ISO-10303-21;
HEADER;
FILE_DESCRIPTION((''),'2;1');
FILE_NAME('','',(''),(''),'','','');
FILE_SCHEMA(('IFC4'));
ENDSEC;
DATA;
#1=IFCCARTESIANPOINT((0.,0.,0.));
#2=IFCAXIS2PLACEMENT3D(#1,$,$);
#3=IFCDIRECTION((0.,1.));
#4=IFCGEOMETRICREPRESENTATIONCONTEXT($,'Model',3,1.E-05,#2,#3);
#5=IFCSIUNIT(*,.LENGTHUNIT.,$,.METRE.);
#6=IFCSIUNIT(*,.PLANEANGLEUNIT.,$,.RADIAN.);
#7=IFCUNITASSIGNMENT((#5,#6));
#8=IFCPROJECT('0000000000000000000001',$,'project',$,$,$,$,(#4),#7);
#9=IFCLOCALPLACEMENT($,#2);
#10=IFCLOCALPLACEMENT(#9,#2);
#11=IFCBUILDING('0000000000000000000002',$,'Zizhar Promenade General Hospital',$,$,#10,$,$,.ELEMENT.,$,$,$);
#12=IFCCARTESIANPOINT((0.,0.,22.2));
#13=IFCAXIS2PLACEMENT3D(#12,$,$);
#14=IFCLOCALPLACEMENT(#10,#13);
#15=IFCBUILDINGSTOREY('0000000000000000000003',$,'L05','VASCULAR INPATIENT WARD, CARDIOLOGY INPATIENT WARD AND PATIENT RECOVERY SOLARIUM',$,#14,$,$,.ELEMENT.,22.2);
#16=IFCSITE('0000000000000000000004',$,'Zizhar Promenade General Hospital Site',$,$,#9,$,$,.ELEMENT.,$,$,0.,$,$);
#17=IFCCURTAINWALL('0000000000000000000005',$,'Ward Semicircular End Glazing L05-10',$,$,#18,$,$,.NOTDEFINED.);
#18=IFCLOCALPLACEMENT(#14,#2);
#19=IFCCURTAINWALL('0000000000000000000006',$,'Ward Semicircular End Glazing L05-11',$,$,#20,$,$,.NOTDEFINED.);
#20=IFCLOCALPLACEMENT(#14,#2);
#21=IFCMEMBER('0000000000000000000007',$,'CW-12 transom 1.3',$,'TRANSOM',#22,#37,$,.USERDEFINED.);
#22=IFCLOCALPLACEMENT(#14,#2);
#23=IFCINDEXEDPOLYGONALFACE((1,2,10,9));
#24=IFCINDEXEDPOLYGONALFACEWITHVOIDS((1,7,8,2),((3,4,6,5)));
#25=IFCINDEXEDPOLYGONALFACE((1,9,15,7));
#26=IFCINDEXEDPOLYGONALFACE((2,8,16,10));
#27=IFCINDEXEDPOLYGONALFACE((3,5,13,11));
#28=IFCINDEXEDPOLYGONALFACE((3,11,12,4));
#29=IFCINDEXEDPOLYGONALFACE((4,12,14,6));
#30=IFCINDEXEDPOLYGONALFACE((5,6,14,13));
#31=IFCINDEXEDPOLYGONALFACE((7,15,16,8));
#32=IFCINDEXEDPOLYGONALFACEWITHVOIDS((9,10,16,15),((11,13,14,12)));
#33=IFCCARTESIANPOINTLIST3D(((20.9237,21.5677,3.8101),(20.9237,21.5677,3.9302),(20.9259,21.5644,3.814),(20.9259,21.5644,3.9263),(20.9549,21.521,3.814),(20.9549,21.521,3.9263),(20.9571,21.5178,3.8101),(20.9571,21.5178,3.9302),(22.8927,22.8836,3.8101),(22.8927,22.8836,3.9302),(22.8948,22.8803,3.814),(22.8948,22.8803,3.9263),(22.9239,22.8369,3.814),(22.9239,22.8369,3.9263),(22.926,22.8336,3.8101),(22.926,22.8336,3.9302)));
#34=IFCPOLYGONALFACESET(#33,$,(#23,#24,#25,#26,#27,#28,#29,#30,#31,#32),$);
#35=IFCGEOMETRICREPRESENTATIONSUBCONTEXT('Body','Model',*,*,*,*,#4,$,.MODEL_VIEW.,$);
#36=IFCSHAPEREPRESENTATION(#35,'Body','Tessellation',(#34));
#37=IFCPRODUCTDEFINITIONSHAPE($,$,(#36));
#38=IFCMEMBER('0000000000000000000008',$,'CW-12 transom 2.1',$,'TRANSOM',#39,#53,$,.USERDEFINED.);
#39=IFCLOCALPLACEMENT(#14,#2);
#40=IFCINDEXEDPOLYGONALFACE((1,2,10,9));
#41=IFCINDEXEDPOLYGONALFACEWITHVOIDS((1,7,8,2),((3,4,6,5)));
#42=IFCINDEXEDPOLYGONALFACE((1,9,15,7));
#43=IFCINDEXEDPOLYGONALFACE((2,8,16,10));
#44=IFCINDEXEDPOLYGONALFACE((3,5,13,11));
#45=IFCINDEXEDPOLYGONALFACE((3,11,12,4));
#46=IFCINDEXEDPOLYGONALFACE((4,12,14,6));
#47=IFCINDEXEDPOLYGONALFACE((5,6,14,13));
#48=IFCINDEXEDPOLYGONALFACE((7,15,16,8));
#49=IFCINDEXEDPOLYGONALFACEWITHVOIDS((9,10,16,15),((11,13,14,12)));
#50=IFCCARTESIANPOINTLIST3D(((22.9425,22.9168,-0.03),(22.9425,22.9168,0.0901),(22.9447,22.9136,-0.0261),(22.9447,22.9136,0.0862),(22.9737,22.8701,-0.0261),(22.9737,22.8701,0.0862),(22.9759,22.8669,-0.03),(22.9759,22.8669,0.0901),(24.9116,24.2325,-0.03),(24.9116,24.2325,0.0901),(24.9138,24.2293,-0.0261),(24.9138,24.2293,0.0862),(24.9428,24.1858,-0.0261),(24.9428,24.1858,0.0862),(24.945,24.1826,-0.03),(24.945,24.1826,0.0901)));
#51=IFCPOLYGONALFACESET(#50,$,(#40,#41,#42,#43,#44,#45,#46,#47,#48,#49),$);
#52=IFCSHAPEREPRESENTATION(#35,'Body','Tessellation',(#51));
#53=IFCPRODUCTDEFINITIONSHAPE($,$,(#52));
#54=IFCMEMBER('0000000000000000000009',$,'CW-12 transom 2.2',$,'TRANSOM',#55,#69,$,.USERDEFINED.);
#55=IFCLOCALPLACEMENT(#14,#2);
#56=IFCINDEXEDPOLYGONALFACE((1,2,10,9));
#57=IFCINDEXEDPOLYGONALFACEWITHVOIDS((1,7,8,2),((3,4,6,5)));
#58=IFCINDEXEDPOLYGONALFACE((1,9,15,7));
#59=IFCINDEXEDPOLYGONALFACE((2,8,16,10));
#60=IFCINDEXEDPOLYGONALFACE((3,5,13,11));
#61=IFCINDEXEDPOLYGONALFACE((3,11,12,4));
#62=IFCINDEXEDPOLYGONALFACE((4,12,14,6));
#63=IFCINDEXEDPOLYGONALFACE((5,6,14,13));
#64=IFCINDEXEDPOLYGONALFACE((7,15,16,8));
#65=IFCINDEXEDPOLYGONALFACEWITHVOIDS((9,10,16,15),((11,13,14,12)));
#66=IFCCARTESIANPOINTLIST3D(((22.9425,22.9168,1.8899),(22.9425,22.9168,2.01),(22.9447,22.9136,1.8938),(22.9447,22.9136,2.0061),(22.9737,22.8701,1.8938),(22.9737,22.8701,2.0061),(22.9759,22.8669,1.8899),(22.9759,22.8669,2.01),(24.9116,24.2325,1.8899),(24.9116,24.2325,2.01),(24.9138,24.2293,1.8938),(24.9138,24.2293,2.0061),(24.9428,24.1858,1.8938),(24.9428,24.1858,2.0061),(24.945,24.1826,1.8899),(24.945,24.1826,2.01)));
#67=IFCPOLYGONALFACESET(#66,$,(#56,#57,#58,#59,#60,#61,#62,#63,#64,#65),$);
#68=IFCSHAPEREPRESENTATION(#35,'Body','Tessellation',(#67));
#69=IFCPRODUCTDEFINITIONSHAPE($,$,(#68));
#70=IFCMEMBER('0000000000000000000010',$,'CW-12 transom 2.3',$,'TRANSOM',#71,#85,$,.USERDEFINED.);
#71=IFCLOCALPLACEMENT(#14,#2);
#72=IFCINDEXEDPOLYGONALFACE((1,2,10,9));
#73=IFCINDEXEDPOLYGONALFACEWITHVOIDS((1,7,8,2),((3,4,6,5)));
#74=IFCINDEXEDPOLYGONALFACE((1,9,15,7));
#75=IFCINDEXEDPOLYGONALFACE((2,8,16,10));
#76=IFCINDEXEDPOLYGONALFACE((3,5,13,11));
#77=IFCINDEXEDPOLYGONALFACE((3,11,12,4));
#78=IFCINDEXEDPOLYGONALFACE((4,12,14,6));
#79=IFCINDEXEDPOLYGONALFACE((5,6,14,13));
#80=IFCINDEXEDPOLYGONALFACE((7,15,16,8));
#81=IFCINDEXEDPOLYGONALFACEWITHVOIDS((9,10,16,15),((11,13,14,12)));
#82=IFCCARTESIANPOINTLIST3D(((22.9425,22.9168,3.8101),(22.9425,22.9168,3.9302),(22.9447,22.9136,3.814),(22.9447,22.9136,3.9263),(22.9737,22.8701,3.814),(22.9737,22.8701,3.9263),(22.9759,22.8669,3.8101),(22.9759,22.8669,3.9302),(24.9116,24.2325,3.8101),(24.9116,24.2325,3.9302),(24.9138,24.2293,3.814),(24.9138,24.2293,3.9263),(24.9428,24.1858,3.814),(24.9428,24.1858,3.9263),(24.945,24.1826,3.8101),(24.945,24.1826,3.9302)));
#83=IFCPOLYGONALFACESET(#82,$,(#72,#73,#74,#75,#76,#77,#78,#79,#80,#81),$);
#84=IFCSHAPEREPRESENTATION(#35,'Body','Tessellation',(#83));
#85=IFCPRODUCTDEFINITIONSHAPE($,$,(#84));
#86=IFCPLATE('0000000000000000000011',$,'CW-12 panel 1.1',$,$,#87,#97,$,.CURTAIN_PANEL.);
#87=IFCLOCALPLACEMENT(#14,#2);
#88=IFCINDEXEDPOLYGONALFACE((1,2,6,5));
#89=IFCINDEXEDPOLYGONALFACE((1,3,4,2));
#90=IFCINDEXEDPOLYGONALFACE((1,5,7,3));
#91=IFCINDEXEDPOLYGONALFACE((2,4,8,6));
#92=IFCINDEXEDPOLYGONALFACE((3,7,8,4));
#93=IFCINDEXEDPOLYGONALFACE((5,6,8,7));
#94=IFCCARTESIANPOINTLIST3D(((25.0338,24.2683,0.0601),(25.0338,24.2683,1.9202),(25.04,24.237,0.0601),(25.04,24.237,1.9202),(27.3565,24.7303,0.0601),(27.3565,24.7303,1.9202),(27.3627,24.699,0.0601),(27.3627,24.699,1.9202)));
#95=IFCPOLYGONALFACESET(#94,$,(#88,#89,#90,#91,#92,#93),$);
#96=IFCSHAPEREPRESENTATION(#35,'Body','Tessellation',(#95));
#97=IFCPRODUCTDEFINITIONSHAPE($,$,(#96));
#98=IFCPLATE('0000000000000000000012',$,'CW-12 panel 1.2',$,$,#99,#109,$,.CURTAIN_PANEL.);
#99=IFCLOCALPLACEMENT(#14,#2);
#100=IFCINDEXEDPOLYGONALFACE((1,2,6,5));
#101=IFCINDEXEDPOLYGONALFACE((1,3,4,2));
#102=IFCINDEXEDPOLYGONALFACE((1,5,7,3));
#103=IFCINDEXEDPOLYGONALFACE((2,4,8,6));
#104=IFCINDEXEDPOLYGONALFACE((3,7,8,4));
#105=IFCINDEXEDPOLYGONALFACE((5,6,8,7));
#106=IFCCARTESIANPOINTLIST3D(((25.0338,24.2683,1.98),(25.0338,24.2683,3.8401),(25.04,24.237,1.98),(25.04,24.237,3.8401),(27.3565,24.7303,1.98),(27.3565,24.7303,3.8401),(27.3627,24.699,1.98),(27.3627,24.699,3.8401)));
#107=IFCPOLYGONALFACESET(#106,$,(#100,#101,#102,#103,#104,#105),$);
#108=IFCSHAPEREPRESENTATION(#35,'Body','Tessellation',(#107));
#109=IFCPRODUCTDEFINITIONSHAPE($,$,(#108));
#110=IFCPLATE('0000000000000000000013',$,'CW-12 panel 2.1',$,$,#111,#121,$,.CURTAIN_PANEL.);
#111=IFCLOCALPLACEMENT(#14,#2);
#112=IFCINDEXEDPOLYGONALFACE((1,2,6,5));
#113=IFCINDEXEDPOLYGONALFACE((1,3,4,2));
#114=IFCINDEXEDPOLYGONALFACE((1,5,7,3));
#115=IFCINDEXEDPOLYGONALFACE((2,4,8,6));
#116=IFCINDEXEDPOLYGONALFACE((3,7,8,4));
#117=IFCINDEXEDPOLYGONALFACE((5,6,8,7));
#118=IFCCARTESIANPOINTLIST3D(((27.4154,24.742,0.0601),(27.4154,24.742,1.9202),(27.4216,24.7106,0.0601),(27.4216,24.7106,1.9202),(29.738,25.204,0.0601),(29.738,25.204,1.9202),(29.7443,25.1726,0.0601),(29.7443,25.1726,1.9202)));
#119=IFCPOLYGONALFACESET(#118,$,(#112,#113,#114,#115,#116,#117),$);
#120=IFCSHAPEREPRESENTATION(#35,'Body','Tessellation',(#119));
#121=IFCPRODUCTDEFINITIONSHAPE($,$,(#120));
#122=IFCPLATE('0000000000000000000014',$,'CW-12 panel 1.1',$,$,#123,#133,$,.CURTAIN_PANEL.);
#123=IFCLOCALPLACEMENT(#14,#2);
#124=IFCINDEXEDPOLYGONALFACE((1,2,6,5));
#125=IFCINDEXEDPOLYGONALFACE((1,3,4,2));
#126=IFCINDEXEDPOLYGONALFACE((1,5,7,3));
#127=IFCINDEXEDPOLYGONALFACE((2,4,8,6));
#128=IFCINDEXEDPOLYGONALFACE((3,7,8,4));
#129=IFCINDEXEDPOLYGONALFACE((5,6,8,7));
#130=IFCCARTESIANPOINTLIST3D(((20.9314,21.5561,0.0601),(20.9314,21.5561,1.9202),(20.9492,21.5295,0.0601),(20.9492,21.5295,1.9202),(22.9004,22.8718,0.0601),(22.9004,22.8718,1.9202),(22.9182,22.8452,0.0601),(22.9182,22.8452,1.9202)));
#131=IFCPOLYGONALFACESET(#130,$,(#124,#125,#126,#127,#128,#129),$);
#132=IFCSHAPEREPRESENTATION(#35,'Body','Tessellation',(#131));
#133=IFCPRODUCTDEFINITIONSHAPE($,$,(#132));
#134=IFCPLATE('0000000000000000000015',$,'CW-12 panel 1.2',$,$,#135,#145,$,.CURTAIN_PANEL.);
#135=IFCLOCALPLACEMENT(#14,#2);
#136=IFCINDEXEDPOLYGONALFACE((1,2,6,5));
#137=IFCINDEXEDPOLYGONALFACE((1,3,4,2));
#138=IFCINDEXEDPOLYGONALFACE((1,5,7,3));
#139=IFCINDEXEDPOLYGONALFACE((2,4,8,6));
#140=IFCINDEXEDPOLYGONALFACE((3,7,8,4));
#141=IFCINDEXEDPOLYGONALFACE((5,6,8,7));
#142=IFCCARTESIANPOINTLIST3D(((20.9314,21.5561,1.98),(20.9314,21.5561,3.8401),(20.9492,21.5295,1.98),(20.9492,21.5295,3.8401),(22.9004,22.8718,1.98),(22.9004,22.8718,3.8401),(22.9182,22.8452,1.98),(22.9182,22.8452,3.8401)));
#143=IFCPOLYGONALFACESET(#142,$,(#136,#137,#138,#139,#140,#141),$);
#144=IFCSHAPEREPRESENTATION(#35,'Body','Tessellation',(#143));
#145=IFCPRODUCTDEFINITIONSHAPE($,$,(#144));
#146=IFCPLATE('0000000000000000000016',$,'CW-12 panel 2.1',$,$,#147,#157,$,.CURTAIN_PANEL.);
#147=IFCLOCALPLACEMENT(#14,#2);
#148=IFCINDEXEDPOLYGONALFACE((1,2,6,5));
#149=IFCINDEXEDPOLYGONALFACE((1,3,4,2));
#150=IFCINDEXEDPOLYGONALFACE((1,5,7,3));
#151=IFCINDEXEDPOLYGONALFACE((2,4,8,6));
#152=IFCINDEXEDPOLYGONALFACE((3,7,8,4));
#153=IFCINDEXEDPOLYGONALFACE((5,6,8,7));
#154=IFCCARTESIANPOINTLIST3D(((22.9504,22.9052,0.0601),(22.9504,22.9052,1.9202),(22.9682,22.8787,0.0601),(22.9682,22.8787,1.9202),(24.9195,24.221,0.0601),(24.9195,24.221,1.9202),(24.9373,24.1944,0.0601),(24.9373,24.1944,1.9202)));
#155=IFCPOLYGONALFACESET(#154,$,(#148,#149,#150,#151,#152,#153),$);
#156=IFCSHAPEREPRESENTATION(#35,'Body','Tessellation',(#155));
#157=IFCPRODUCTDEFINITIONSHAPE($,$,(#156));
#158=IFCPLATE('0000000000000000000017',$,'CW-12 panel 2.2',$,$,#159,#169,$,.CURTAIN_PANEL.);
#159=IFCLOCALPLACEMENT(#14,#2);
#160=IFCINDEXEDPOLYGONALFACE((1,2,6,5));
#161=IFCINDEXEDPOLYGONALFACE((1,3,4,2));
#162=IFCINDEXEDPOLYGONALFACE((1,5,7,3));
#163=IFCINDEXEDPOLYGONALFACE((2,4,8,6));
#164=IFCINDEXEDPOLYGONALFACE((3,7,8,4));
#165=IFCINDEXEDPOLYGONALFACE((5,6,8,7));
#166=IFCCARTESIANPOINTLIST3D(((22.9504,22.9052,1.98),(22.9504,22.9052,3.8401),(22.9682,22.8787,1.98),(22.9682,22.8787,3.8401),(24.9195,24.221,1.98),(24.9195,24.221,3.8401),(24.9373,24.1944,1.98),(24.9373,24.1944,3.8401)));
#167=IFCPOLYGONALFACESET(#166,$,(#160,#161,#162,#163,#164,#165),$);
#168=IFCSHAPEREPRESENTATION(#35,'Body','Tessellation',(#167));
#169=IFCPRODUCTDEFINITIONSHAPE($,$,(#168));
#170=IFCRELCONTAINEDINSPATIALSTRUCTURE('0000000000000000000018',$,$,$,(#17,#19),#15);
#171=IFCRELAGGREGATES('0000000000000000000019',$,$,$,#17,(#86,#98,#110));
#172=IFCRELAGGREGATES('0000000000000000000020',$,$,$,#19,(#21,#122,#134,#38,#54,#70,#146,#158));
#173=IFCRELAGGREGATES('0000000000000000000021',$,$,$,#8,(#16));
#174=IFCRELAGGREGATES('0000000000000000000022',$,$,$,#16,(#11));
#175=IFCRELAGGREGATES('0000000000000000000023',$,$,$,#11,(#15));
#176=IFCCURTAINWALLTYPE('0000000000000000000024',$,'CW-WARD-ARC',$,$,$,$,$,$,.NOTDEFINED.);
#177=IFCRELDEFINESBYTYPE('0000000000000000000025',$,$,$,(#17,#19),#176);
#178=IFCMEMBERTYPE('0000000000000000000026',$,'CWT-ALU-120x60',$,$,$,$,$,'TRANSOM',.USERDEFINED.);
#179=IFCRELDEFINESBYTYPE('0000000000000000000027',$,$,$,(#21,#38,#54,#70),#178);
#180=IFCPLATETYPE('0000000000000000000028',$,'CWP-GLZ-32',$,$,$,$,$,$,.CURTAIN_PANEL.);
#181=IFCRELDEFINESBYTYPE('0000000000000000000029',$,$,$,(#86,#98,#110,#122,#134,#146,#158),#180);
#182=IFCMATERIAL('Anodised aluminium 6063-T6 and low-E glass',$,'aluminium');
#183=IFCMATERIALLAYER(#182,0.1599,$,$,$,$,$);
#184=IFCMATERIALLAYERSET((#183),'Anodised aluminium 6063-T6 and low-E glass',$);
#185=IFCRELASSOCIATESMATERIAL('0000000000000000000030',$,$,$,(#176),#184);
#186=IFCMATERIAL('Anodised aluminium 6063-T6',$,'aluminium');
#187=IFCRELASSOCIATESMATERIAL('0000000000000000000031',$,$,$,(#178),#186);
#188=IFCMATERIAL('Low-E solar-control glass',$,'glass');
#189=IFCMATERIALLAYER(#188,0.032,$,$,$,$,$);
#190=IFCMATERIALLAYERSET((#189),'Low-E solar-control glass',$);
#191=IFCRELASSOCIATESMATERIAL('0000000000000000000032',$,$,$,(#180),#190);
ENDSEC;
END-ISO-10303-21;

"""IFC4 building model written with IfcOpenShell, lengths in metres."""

from ifc_helpers import new_model, si_unit, direction, frame, origin, origin_2d, place, context, subcontext, project, spatial, rectangle, hollow_rectangle, extrude, material, layer, layer_set, material_profile, profile_set, type_object, element, aggregate, save


model = new_model("IFC4")

# Units and contexts
model_context = context("Model", 3, precision=1e-05, world=origin(), true_north=direction((0.0, 1.0)))
body_context = subcontext(model_context, "Body", "Model", "MODEL_VIEW")
ifc_project = project(units=[si_unit("LENGTHUNIT", "METRE"), si_unit("PLANEANGLEUNIT", "RADIAN")], contexts=[model_context])

# Site, building, storey
site_placement = place(None, origin())
site = spatial("IfcSite", under=ifc_project, at=site_placement, Name="Zizhar Promenade General Hospital Site", CompositionType="ELEMENT", RefElevation=0.0)
building_placement = place(site_placement, origin())
building = spatial("IfcBuilding", under=site, at=building_placement, Name="Zizhar Promenade General Hospital", CompositionType="ELEMENT")
storey_placement = place(building_placement, frame((0.0, 0.0, 22.2)))
storey = spatial("IfcBuildingStorey", under=building, at=storey_placement, Name="L05", Description="VASCULAR INPATIENT WARD, CARDIOLOGY INPATIENT WARD AND PATIENT RECOVERY SOLARIUM", CompositionType="ELEMENT", Elevation=22.2)

# Curtain walls
ifc_material_1 = material(Name="Anodised aluminium 6063-T6 and low-E glass", Category="aluminium")
ifc_layer_1 = layer(ifc_material_1, 0.1599)
ifc_layer_set_1 = layer_set([ifc_layer_1], Name="Anodised aluminium 6063-T6 and low-E glass")
curtain_wall_type = type_object("IfcCurtainWallType", Name="CW-WARD-ARC", PredefinedType="NOTDEFINED", material=ifc_layer_set_1)
curtain_wall_1_placement = place(storey_placement, origin())
curtain_wall_1 = element("IfcCurtainWall", 1, at=curtain_wall_1_placement, inside=storey, type_object=curtain_wall_type, Name="Ward Semicircular End Glazing L05-10", PredefinedType="NOTDEFINED")
curtain_wall_2_placement = place(storey_placement, origin())
curtain_wall_2 = element("IfcCurtainWall", 2, at=curtain_wall_2_placement, inside=storey, type_object=curtain_wall_type, Name="Ward Semicircular End Glazing L05-11", PredefinedType="NOTDEFINED")

# Members
ifc_material_2 = material(Name="Anodised aluminium 6063-T6", Category="aluminium")
ifc_material_profile_1 = material_profile(ifc_material_2, hollow_rectangle(XDim=0.0601, YDim=0.1201, WallThickness=0.0039, at=origin_2d()))
ifc_profile_set_1 = profile_set([ifc_material_profile_1], Name="Anodised aluminium 6063-T6")
member_type_1 = type_object("IfcMemberType", Name="CWT-ALU-120x60", ElementType="TRANSOM", PredefinedType="USERDEFINED", material=ifc_profile_set_1)
member_1_placement = place(storey_placement, frame((20.9404, 21.5427, 3.8701), z_axis=(0.831415, 0.555651, 0.0), x_axis=(-0.555651, 0.831415, 0.0)))
member_1 = element("IfcMember", 3, at=member_1_placement, type_object=member_type_1, Name="CW-12 transom 1.3", ObjectType="TRANSOM", PredefinedType="USERDEFINED", context=body_context, shape_type="SweptSolid", body=[
    extrude(hollow_rectangle(XDim=0.0601, YDim=0.1201, WallThickness=0.0039, at=origin_2d()), origin(), (0.0, 0.0, 1.0), 2.3682),
])
member_2_placement = place(storey_placement, frame((22.9592, 22.8918, 0.03), z_axis=(0.831463, 0.55558, 0.0), x_axis=(-0.55558, 0.831463, 0.0)))
member_2 = element("IfcMember", 4, at=member_2_placement, type_object=member_type_1, Name="CW-12 transom 2.1", ObjectType="TRANSOM", PredefinedType="USERDEFINED", context=body_context, shape_type="SweptSolid", body=[
    extrude(hollow_rectangle(XDim=0.0601, YDim=0.1201, WallThickness=0.0039, at=origin_2d()), origin(), (0.0, 0.0, 1.0), 2.3682),
])
member_3_placement = place(storey_placement, frame((22.9592, 22.8918, 1.95), z_axis=(0.831463, 0.55558, 0.0), x_axis=(-0.55558, 0.831463, 0.0)))
member_3 = element("IfcMember", 5, at=member_3_placement, type_object=member_type_1, Name="CW-12 transom 2.2", ObjectType="TRANSOM", PredefinedType="USERDEFINED", context=body_context, shape_type="SweptSolid", body=[
    extrude(hollow_rectangle(XDim=0.0601, YDim=0.1201, WallThickness=0.0039, at=origin_2d()), origin(), (0.0, 0.0, 1.0), 2.3682),
])
member_4_placement = place(storey_placement, frame((22.9592, 22.8918, 3.8701), z_axis=(0.831463, 0.55558, 0.0), x_axis=(-0.55558, 0.831463, 0.0)))
member_4 = element("IfcMember", 6, at=member_4_placement, type_object=member_type_1, Name="CW-12 transom 2.3", ObjectType="TRANSOM", PredefinedType="USERDEFINED", context=body_context, shape_type="SweptSolid", body=[
    extrude(hollow_rectangle(XDim=0.0601, YDim=0.1201, WallThickness=0.0039, at=origin_2d()), origin(), (0.0, 0.0, 1.0), 2.3682),
])

# Plates
ifc_material_3 = material(Name="Low-E solar-control glass", Category="glass")
ifc_layer_2 = layer(ifc_material_3, 0.032)
ifc_layer_set_2 = layer_set([ifc_layer_2], Name="Low-E solar-control glass")
plate_type = type_object("IfcPlateType", Name="CWP-GLZ-32", PredefinedType="CURTAIN_PANEL", material=ifc_layer_set_2)
plate_1_placement = place(storey_placement, frame((26.1982, 24.4836, 0.0601), z_axis=(0.0, 0.0, 1.0), x_axis=(0.980786, 0.195087, 0.0)))
plate_1 = element("IfcPlate", 7, at=plate_1_placement, type_object=plate_type, Name="CW-12 panel 1.1", PredefinedType="CURTAIN_PANEL", context=body_context, shape_type="SweptSolid", body=[
    extrude(rectangle(XDim=2.3682, YDim=0.032, at=origin_2d()), origin(), (0.0, 0.0, 1.0), 1.8601),
])
plate_2_placement = place(storey_placement, frame((26.1982, 24.4836, 1.98), z_axis=(0.0, 0.0, 1.0), x_axis=(0.980786, 0.195087, 0.0)))
plate_2 = element("IfcPlate", 8, at=plate_2_placement, type_object=plate_type, Name="CW-12 panel 1.2", PredefinedType="CURTAIN_PANEL", context=body_context, shape_type="SweptSolid", body=[
    extrude(rectangle(XDim=2.3682, YDim=0.032, at=origin_2d()), origin(), (0.0, 0.0, 1.0), 1.8601),
])
plate_3_placement = place(storey_placement, frame((28.5798, 24.9573, 0.0601), z_axis=(0.0, 0.0, 1.0), x_axis=(0.980786, 0.195087, 0.0)))
plate_3 = element("IfcPlate", 9, at=plate_3_placement, type_object=plate_type, Name="CW-12 panel 2.1", PredefinedType="CURTAIN_PANEL", context=body_context, shape_type="SweptSolid", body=[
    extrude(rectangle(XDim=2.3682, YDim=0.032, at=origin_2d()), origin(), (0.0, 0.0, 1.0), 1.8601),
])
aggregate(curtain_wall_1, [plate_1, plate_2, plate_3])
plate_4_placement = place(storey_placement, frame((21.9248, 22.2007, 0.0601), z_axis=(0.0, 0.0, 1.0), x_axis=(0.831462, 0.555582, 0.0)))
plate_4 = element("IfcPlate", 10, at=plate_4_placement, type_object=plate_type, Name="CW-12 panel 1.1", PredefinedType="CURTAIN_PANEL", context=body_context, shape_type="SweptSolid", body=[
    extrude(rectangle(XDim=2.3682, YDim=0.032, at=origin_2d()), origin(), (0.0, 0.0, 1.0), 1.8601),
])
plate_5_placement = place(storey_placement, frame((21.9248, 22.2007, 1.98), z_axis=(0.0, 0.0, 1.0), x_axis=(0.831462, 0.555582, 0.0)))
plate_5 = element("IfcPlate", 11, at=plate_5_placement, type_object=plate_type, Name="CW-12 panel 1.2", PredefinedType="CURTAIN_PANEL", context=body_context, shape_type="SweptSolid", body=[
    extrude(rectangle(XDim=2.3682, YDim=0.032, at=origin_2d()), origin(), (0.0, 0.0, 1.0), 1.8601),
])
plate_6_placement = place(storey_placement, frame((23.9438, 23.5498, 0.0601), z_axis=(0.0, 0.0, 1.0), x_axis=(0.831462, 0.555582, 0.0)))
plate_6 = element("IfcPlate", 12, at=plate_6_placement, type_object=plate_type, Name="CW-12 panel 2.1", PredefinedType="CURTAIN_PANEL", context=body_context, shape_type="SweptSolid", body=[
    extrude(rectangle(XDim=2.3682, YDim=0.032, at=origin_2d()), origin(), (0.0, 0.0, 1.0), 1.8601),
])
plate_7_placement = place(storey_placement, frame((23.9438, 23.5498, 1.98), z_axis=(0.0, 0.0, 1.0), x_axis=(0.831462, 0.555582, 0.0)))
plate_7 = element("IfcPlate", 13, at=plate_7_placement, type_object=plate_type, Name="CW-12 panel 2.2", PredefinedType="CURTAIN_PANEL", context=body_context, shape_type="SweptSolid", body=[
    extrude(rectangle(XDim=2.3682, YDim=0.032, at=origin_2d()), origin(), (0.0, 0.0, 1.0), 1.8601),
])
aggregate(curtain_wall_2, [member_1, plate_4, plate_5, member_2, member_3, member_4, plate_6, plate_7])

save(model, "model.ifc")
